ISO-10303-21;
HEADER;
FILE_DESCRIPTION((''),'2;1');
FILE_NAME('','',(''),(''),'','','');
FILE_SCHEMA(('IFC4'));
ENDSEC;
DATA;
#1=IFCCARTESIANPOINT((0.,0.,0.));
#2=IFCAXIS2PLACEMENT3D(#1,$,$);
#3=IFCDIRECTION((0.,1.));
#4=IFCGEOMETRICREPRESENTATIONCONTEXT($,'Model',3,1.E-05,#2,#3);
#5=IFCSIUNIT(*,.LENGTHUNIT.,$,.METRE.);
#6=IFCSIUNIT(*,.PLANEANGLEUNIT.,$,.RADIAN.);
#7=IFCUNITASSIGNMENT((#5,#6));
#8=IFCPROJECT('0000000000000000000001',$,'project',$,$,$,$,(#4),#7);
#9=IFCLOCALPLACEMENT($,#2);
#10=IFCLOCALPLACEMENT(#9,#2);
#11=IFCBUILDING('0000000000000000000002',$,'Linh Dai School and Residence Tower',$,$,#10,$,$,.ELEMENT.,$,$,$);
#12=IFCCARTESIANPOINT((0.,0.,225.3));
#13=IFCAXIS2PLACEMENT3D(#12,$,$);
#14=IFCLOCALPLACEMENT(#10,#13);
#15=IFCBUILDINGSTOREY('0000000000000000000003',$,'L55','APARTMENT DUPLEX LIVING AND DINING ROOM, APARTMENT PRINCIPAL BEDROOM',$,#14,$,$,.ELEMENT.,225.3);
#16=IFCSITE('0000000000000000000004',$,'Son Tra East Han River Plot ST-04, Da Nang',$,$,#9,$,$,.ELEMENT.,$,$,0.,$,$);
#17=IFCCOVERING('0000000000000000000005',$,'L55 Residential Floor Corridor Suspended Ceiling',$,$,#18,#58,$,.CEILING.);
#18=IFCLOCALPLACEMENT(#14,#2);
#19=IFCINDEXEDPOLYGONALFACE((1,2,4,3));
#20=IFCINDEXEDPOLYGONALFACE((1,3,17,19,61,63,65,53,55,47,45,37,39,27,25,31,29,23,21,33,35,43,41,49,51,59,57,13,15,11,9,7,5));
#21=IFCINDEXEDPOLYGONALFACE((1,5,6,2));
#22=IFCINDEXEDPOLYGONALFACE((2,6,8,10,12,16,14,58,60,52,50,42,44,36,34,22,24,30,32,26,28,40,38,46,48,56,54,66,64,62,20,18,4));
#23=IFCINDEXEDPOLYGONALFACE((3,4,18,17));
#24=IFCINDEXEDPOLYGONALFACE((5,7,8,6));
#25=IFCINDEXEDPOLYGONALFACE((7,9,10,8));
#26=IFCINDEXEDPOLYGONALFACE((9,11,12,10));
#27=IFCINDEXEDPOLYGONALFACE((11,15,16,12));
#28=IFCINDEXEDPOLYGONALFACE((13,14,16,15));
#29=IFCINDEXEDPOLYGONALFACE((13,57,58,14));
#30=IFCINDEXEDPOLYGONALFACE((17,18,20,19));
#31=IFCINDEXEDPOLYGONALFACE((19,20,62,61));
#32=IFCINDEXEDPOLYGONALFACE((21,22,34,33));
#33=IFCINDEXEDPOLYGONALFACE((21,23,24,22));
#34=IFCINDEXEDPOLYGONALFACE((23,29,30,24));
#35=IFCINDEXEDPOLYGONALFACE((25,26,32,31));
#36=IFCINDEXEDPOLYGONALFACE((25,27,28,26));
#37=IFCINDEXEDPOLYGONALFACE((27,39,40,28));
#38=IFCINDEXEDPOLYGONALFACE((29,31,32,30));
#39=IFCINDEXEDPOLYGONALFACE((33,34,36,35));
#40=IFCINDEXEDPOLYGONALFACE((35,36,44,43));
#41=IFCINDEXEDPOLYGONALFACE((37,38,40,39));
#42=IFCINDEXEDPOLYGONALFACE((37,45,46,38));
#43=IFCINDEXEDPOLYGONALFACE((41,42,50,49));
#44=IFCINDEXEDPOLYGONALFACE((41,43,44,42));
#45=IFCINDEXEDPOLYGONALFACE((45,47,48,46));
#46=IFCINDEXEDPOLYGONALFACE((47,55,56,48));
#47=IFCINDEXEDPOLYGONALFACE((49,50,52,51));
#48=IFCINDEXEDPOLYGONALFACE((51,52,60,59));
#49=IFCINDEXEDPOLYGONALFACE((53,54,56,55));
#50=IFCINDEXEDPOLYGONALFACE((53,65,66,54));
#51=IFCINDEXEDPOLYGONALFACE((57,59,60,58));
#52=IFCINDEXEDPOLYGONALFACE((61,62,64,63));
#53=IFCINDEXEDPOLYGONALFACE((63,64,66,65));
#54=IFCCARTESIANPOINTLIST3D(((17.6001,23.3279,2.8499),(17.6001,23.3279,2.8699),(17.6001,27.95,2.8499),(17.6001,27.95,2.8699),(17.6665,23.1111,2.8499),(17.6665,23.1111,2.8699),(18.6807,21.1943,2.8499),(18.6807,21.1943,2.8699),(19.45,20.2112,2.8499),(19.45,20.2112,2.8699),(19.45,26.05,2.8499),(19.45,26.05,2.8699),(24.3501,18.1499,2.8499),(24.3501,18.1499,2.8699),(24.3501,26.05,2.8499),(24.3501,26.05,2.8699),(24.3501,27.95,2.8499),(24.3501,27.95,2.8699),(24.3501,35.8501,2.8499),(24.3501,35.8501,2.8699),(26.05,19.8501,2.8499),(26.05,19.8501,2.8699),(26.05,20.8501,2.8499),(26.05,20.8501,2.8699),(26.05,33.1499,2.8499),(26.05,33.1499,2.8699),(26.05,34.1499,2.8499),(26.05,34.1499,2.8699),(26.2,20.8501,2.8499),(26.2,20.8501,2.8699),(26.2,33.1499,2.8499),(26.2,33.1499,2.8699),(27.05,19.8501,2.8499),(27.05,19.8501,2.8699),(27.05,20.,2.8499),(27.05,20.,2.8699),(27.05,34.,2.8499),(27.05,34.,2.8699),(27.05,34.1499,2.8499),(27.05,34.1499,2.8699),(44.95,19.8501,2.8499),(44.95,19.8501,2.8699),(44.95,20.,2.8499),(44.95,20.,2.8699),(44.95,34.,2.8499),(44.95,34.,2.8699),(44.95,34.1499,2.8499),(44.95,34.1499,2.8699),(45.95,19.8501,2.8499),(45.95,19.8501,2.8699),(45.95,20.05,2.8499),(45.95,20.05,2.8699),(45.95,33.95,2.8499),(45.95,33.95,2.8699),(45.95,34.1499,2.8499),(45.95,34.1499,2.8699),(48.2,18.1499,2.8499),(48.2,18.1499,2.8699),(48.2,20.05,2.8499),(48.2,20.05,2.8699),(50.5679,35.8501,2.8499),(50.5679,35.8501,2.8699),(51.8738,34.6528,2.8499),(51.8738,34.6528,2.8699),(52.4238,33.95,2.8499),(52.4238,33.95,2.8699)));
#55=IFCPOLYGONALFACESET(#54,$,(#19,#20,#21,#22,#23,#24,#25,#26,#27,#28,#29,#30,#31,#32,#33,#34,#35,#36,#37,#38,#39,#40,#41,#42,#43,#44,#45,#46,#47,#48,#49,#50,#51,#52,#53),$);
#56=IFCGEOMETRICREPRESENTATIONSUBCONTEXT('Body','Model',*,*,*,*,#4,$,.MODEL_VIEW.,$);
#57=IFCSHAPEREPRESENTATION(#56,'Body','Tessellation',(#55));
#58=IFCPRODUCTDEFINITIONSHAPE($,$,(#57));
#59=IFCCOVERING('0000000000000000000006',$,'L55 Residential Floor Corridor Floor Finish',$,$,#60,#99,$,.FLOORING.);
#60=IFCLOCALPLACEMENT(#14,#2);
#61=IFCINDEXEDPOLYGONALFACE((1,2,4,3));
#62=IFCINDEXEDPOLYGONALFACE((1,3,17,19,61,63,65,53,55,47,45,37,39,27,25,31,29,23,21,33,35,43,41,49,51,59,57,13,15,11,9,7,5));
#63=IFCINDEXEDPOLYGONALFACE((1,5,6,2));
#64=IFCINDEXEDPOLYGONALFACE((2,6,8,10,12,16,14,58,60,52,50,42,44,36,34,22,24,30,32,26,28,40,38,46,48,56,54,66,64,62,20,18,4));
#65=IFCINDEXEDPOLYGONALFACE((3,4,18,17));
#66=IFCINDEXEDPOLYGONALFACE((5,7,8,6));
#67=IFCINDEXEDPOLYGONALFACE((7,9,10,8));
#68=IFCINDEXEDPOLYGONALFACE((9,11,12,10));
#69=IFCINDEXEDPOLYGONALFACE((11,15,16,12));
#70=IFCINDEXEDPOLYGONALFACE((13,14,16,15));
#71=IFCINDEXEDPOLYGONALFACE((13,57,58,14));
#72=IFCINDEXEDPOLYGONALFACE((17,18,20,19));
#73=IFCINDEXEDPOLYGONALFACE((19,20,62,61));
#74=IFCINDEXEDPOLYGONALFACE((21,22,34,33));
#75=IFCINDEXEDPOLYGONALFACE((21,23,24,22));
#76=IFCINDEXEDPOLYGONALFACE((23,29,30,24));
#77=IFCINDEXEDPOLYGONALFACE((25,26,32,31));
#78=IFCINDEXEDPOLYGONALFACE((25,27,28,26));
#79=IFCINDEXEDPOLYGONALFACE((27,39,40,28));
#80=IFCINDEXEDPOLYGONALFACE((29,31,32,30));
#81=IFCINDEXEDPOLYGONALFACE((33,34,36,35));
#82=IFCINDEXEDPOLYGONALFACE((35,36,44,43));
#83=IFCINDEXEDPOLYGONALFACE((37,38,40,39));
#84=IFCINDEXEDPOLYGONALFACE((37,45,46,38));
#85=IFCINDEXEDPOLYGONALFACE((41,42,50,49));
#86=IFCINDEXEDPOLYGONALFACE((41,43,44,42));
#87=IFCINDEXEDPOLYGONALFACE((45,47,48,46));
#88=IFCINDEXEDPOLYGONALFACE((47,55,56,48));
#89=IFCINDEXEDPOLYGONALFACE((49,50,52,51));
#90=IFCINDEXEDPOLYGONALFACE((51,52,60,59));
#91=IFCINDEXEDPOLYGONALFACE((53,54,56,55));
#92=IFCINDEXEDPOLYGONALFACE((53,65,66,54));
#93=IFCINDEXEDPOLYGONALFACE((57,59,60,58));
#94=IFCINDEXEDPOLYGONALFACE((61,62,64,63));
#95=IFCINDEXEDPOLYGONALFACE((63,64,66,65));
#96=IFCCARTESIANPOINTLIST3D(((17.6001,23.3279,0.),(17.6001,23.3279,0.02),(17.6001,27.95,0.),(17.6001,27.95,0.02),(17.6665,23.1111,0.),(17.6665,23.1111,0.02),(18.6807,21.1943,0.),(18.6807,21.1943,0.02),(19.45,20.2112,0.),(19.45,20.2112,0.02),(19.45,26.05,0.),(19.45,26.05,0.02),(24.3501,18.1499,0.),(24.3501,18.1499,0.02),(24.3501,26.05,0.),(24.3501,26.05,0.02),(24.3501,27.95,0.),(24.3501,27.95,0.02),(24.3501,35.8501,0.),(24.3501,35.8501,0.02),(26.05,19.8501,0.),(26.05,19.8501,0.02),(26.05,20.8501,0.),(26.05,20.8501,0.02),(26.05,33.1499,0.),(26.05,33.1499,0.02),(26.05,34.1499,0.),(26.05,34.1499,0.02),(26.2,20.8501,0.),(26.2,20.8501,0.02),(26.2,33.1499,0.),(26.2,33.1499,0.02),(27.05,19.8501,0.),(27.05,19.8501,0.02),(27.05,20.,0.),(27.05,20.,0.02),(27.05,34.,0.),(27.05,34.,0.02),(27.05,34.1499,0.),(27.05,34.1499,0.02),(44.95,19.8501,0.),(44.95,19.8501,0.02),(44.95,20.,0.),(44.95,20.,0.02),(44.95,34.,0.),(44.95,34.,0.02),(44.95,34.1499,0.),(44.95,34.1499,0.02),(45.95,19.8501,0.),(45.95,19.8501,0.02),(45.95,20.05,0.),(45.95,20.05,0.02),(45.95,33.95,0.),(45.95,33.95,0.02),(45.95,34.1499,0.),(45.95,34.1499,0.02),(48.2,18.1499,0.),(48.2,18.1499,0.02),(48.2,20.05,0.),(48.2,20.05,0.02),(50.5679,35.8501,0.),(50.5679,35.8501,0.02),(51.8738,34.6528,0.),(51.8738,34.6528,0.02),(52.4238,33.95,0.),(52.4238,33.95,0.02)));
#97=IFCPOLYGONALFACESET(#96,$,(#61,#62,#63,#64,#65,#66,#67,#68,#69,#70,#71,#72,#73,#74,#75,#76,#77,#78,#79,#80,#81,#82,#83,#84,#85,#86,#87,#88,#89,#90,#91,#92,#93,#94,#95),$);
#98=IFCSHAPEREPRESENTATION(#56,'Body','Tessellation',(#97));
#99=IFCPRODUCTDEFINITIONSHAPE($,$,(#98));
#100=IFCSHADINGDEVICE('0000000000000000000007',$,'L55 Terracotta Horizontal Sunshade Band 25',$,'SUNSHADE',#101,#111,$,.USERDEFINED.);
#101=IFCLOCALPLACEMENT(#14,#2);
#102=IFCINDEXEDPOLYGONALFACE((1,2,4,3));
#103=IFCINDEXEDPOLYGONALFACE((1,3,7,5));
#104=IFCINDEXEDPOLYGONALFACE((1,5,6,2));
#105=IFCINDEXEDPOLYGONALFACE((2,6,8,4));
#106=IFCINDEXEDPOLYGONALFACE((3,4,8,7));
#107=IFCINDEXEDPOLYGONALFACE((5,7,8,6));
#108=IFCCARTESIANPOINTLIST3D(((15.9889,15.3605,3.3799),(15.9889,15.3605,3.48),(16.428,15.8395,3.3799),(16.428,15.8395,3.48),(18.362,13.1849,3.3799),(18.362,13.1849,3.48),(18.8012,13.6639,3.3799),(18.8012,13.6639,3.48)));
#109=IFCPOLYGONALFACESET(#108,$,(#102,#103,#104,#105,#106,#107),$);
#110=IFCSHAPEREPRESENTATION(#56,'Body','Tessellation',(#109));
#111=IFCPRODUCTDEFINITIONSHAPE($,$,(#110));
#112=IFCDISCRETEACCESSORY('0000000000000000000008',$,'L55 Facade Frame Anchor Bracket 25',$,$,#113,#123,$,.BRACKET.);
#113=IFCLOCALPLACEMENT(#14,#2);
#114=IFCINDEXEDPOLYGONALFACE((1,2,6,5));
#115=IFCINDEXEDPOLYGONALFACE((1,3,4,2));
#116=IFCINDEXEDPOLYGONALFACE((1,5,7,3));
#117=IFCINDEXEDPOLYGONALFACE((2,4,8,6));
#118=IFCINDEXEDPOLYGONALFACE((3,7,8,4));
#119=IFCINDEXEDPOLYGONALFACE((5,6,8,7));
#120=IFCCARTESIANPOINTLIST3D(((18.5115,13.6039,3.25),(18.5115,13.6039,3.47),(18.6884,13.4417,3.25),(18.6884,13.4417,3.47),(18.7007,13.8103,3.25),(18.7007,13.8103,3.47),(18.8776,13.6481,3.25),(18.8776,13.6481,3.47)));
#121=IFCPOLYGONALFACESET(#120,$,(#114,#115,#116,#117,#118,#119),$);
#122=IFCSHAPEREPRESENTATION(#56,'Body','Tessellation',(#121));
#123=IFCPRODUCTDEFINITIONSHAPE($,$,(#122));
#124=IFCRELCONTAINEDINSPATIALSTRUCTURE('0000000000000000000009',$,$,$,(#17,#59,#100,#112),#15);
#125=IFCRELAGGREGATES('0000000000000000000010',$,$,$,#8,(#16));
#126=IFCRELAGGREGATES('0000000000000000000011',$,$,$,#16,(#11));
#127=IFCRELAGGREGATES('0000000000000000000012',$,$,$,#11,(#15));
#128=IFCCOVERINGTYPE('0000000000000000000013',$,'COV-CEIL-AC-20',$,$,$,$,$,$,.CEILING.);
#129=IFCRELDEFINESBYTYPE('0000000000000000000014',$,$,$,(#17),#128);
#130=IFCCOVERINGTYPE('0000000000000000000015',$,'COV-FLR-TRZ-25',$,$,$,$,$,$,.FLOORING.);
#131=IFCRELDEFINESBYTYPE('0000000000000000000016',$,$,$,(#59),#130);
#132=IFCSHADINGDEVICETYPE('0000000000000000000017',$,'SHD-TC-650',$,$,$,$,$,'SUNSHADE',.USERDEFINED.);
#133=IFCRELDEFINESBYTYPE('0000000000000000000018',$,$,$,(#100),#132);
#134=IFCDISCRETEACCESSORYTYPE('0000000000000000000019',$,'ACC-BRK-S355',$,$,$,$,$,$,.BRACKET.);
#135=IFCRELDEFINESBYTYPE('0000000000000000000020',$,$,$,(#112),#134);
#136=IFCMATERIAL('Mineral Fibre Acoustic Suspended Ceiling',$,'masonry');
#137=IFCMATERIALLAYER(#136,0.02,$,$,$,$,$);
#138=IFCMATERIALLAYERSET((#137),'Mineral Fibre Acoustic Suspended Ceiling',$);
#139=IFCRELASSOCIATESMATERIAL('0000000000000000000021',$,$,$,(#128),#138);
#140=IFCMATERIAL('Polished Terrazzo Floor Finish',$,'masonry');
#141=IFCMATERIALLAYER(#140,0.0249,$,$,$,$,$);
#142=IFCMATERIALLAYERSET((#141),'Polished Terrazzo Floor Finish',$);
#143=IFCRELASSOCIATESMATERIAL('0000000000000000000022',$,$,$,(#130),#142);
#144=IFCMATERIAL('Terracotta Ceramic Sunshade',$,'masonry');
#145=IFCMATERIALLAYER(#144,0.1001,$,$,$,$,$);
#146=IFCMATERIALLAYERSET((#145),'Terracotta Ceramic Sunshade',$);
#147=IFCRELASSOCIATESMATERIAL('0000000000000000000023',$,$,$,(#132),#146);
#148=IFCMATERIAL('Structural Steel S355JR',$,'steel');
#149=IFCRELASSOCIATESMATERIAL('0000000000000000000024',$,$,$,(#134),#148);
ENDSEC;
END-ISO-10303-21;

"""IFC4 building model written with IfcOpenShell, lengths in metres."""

from ifc_helpers import new_model, si_unit, direction, frame, origin, origin_2d, place, context, subcontext, project, spatial, polyline, rectangle, outline, extrude, source, transform, mapped, material, layer, layer_set, type_object, element, save


model = new_model("IFC4")

# Units and contexts
model_context = context("Model", 3, precision=1e-05, world=origin(), true_north=direction((0.0, 1.0)))
body_context = subcontext(model_context, "Body", "Model", "MODEL_VIEW")
ifc_project = project(units=[si_unit("LENGTHUNIT", "METRE"), si_unit("PLANEANGLEUNIT", "RADIAN")], contexts=[model_context])

# Site, building, storey
site_placement = place(None, origin())
site = spatial("IfcSite", under=ifc_project, at=site_placement, Name="Son Tra East Han River Plot ST-04, Da Nang", CompositionType="ELEMENT", RefElevation=0.0)
building_placement = place(site_placement, origin())
building = spatial("IfcBuilding", under=site, at=building_placement, Name="Linh Dai School and Residence Tower", CompositionType="ELEMENT")
storey_placement = place(building_placement, frame((0.0, 0.0, 225.3)))
storey = spatial("IfcBuildingStorey", under=building, at=storey_placement, Name="L55", Description="APARTMENT DUPLEX LIVING AND DINING ROOM, APARTMENT PRINCIPAL BEDROOM", CompositionType="ELEMENT", Elevation=225.3)

# Shared definitions
ifc_material_1 = material(Name="Structural Steel S355JR", Category="steel")

# Coverings
ifc_material_2 = material(Name="Mineral Fibre Acoustic Suspended Ceiling", Category="masonry")
ifc_layer_1 = layer(ifc_material_2, 0.02)
ifc_layer_set_1 = layer_set([ifc_layer_1], Name="Mineral Fibre Acoustic Suspended Ceiling")
covering_type_1 = type_object("IfcCoveringType", Name="COV-CEIL-AC-20", PredefinedType="CEILING", material=ifc_layer_set_1)
covering_1_placement = place(storey_placement, frame((0.0, 0.0, 2.8499)))
element("IfcCovering", 1, at=covering_1_placement, inside=storey, type_object=covering_type_1, Name="L55 Residential Floor Corridor Suspended Ceiling", PredefinedType="CEILING", context=body_context, shape_type="SweptSolid", body=[
    extrude(outline(polyline([(19.45, 20.2112), (18.6807, 21.1943), (17.6665, 23.1111), (17.6001, 23.3279), (17.6001, 27.95), (24.3501, 27.95), (24.3501, 35.8501), (50.5679, 35.8501), (51.8738, 34.6528), (52.4238, 33.95), (45.95, 33.95), (45.95, 34.1499), (44.95, 34.1499), (44.95, 34.0), (27.05, 34.0), (27.05, 34.1499), (26.05, 34.1499), (26.05, 33.1499), (26.2, 33.1499), (26.2, 20.8501), (26.05, 20.8501), (26.05, 19.8501), (27.05, 19.8501), (27.05, 20.0), (44.95, 20.0), (44.95, 19.8501), (45.95, 19.8501), (45.95, 20.05), (48.2, 20.05), (48.2, 18.1499), (24.3501, 18.1499), (24.3501, 26.05), (19.45, 26.05), (19.45, 20.2112)])), origin(), (0.0, 0.0, 1.0), 0.02),
])
ifc_material_3 = material(Name="Polished Terrazzo Floor Finish", Category="masonry")
ifc_layer_2 = layer(ifc_material_3, 0.0249)
ifc_layer_set_2 = layer_set([ifc_layer_2], Name="Polished Terrazzo Floor Finish")
covering_type_2 = type_object("IfcCoveringType", Name="COV-FLR-TRZ-25", PredefinedType="FLOORING", material=ifc_layer_set_2)
covering_2_placement = place(storey_placement, origin())
element("IfcCovering", 2, at=covering_2_placement, inside=storey, type_object=covering_type_2, Name="L55 Residential Floor Corridor Floor Finish", PredefinedType="FLOORING", context=body_context, shape_type="SweptSolid", body=[
    extrude(outline(polyline([(19.45, 20.2112), (18.6807, 21.1943), (17.6665, 23.1111), (17.6001, 23.3279), (17.6001, 27.95), (24.3501, 27.95), (24.3501, 35.8501), (50.5679, 35.8501), (51.8738, 34.6528), (52.4238, 33.95), (45.95, 33.95), (45.95, 34.1499), (44.95, 34.1499), (44.95, 34.0), (27.05, 34.0), (27.05, 34.1499), (26.05, 34.1499), (26.05, 33.1499), (26.2, 33.1499), (26.2, 20.8501), (26.05, 20.8501), (26.05, 19.8501), (27.05, 19.8501), (27.05, 20.0), (44.95, 20.0), (44.95, 19.8501), (45.95, 19.8501), (45.95, 20.05), (48.2, 20.05), (48.2, 18.1499), (24.3501, 18.1499), (24.3501, 26.05), (19.45, 26.05), (19.45, 20.2112)])), origin(), (0.0, 0.0, 1.0), 0.02),
])

# Shading device
ifc_material_4 = material(Name="Terracotta Ceramic Sunshade", Category="masonry")
ifc_layer_3 = layer(ifc_material_4, 0.1001)
ifc_layer_set_3 = layer_set([ifc_layer_3], Name="Terracotta Ceramic Sunshade")
shading_device_type = type_object("IfcShadingDeviceType", Name="SHD-TC-650", ElementType="SUNSHADE", PredefinedType="USERDEFINED", material=ifc_layer_set_3)
shared_shape_1 = source(origin(), body_context, "Body", "SweptSolid", [
    extrude(rectangle(XDim=3.2195, YDim=0.6499, at=origin_2d()), origin(), (0.0, 0.0, 1.0), 0.1001),
])
shading_device_placement = place(storey_placement, frame((17.395, 14.5122, 3.3799), z_axis=(0.0, 0.0, 1.0), x_axis=(-0.737125, 0.675756, 0.0)))
element("IfcShadingDevice", 3, at=shading_device_placement, inside=storey, type_object=shading_device_type, Name="L55 Terracotta Horizontal Sunshade Band 25", ObjectType="SUNSHADE", PredefinedType="USERDEFINED", context=body_context, shape_type="MappedRepresentation", body=[
    mapped(shared_shape_1, transform((0.0, 0.0, 0.0), x_axis=(1.0, 0.0, 0.0), y_axis=(0.0, 1.0, 0.0), z_axis=(0.0, 0.0, 1.0), scale=1.0)),
])

# Discrete accessory
discrete_accessory_type = type_object("IfcDiscreteAccessoryType", Name="ACC-BRK-S355", PredefinedType="BRACKET", material=ifc_material_1)
shared_shape_2 = source(origin(), body_context, "Body", "SweptSolid", [
    extrude(rectangle(XDim=0.28, YDim=0.24, at=origin_2d()), origin(), (0.0, 0.0, 1.0), 0.22),
])
discrete_accessory_placement = place(storey_placement, frame((18.6946, 13.626, 3.25), z_axis=(0.0, 0.0, 1.0), x_axis=(-0.675756, -0.737125, 0.0)))
element("IfcDiscreteAccessory", 4, at=discrete_accessory_placement, inside=storey, type_object=discrete_accessory_type, Name="L55 Facade Frame Anchor Bracket 25", PredefinedType="BRACKET", context=body_context, shape_type="MappedRepresentation", body=[
    mapped(shared_shape_2, transform((0.0, 0.0, 0.0), x_axis=(1.0, 0.0, 0.0), y_axis=(0.0, 1.0, 0.0), z_axis=(0.0, 0.0, 1.0), scale=1.0)),
])

save(model, "model.ifc")
